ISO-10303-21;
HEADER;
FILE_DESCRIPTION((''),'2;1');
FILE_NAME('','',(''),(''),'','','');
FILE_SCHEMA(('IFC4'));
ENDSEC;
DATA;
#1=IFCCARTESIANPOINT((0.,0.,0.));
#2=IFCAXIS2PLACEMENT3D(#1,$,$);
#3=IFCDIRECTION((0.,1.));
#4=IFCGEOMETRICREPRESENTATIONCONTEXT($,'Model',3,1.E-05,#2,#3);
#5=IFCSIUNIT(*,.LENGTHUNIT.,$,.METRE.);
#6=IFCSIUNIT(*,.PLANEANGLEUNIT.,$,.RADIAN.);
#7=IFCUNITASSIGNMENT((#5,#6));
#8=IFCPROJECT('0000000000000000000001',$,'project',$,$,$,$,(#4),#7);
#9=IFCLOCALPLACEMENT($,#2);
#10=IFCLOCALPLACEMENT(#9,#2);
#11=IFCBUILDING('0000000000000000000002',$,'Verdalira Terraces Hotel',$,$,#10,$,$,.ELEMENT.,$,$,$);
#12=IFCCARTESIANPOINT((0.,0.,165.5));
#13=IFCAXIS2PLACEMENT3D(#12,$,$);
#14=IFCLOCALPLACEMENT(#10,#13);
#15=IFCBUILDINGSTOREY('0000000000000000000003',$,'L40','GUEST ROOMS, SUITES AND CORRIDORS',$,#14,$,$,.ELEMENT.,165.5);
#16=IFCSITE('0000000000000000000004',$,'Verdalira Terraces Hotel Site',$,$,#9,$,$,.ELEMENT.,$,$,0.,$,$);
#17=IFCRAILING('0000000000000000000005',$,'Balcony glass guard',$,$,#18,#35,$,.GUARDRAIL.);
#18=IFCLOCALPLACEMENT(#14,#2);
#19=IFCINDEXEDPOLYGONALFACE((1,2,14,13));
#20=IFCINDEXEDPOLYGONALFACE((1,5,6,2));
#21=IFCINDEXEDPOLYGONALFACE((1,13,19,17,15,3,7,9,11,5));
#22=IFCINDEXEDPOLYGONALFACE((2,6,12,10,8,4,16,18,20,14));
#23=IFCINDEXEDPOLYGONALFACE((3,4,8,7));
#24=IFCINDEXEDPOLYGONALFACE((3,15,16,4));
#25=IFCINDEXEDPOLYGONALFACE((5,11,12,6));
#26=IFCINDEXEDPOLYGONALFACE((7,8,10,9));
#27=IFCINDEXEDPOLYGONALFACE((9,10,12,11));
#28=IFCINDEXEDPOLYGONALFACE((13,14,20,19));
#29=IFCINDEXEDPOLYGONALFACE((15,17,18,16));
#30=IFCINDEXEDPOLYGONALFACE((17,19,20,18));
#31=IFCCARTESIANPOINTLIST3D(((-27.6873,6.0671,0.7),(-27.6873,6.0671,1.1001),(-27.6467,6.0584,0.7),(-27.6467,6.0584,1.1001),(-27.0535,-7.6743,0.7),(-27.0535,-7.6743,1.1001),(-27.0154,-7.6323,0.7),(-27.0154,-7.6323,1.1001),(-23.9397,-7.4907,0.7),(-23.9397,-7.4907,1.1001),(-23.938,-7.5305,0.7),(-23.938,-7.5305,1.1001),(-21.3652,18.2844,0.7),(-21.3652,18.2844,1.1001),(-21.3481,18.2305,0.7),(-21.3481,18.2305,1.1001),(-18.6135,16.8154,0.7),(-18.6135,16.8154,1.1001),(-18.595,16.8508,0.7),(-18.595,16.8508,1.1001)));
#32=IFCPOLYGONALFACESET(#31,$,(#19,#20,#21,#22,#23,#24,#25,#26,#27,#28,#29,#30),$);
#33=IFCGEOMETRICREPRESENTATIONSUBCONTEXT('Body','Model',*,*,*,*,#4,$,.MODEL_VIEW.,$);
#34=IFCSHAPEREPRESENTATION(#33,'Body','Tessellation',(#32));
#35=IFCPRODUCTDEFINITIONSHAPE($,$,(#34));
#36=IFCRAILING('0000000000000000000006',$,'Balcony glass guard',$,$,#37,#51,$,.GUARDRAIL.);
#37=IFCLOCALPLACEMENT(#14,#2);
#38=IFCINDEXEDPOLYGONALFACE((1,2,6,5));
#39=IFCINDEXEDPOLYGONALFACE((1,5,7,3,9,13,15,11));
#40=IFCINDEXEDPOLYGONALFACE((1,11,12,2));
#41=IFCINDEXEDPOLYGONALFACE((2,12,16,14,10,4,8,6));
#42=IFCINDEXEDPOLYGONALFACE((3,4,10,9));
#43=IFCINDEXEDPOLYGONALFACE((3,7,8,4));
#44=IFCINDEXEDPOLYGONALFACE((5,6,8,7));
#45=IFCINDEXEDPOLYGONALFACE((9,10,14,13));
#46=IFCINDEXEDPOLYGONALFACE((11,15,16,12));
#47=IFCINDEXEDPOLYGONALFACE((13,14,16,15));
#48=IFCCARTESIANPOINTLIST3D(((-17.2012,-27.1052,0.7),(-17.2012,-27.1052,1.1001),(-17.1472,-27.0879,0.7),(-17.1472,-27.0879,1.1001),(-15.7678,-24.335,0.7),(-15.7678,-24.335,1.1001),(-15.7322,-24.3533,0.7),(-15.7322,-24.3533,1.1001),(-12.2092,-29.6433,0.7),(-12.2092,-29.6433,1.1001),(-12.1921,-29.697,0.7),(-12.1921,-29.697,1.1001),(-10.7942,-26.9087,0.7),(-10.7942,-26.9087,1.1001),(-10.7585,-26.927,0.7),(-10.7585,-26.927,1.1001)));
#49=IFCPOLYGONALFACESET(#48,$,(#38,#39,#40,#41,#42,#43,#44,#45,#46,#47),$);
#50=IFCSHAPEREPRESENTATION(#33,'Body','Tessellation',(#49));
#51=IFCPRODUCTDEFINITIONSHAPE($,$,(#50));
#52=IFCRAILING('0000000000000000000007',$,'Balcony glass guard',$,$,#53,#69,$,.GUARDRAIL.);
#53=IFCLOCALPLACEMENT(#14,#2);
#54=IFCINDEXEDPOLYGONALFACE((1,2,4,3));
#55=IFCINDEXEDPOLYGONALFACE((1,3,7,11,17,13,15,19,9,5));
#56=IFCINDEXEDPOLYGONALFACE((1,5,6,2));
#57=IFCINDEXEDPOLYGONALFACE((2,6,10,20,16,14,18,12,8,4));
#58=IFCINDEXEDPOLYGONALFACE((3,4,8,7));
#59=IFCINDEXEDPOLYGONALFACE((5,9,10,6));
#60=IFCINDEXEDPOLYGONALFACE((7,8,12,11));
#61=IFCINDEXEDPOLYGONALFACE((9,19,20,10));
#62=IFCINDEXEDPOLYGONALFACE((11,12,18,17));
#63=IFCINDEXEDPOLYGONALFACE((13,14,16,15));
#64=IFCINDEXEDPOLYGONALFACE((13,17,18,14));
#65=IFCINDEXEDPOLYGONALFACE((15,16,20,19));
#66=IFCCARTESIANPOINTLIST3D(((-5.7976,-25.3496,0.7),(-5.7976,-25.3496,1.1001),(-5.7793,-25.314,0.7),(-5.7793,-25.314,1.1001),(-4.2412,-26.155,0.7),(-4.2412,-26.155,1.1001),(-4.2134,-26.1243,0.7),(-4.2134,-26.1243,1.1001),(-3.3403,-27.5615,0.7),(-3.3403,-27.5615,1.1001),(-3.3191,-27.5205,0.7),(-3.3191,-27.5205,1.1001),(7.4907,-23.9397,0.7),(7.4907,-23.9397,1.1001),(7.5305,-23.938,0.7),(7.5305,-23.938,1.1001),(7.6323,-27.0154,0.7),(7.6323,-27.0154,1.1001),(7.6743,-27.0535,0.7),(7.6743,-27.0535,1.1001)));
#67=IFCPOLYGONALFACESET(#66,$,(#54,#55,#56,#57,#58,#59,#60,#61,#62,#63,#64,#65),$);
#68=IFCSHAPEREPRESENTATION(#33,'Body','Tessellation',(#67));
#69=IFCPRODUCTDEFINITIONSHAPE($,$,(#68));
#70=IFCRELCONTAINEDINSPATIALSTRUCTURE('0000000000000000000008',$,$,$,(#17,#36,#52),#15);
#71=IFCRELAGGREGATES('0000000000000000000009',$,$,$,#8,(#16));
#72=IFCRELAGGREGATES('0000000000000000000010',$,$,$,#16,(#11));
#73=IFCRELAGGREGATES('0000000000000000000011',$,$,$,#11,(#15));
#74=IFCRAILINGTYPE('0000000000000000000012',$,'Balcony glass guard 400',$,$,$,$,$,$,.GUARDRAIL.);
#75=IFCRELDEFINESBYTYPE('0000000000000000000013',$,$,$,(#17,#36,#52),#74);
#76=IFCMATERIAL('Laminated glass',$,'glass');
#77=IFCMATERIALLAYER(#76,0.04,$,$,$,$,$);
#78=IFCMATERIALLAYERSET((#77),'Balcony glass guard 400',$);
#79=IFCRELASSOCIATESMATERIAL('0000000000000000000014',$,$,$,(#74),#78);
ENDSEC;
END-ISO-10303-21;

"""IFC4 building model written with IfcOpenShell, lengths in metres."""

from ifc_helpers import new_model, si_unit, direction, frame, origin, place, context, subcontext, project, spatial, polyline, outline, extrude, material, layer, layer_set, type_object, element, save


model = new_model("IFC4")

# Units and contexts
model_context = context("Model", 3, precision=1e-05, world=origin(), true_north=direction((0.0, 1.0)))
body_context = subcontext(model_context, "Body", "Model", "MODEL_VIEW")
ifc_project = project(units=[si_unit("LENGTHUNIT", "METRE"), si_unit("PLANEANGLEUNIT", "RADIAN")], contexts=[model_context])

# Site, building, storey
site_placement = place(None, origin())
site = spatial("IfcSite", under=ifc_project, at=site_placement, Name="Verdalira Terraces Hotel Site", CompositionType="ELEMENT", RefElevation=0.0)
building_placement = place(site_placement, origin())
building = spatial("IfcBuilding", under=site, at=building_placement, Name="Verdalira Terraces Hotel", CompositionType="ELEMENT")
storey_placement = place(building_placement, frame((0.0, 0.0, 165.5)))
storey = spatial("IfcBuildingStorey", under=building, at=storey_placement, Name="L40", Description="GUEST ROOMS, SUITES AND CORRIDORS", CompositionType="ELEMENT", Elevation=165.5)

# Railings
ifc_material_1 = material(Name="Laminated glass", Category="glass")
ifc_layer_1 = layer(ifc_material_1, 0.04)
ifc_layer_set_1 = layer_set([ifc_layer_1], Name="Balcony glass guard 400")
railing_type_1 = type_object("IfcRailingType", Name="Balcony glass guard 400", PredefinedType="GUARDRAIL", material=ifc_layer_set_1)
railing_1_placement = place(storey_placement, frame((0.0, 0.0, 0.7)))
element("IfcRailing", 1, at=railing_1_placement, inside=storey, type_object=railing_type_1, Name="Balcony glass guard", PredefinedType="GUARDRAIL", context=body_context, shape_type="SweptSolid", body=[
    extrude(outline(polyline([(-21.3481, 18.2305), (-27.6467, 6.0583), (-27.0154, -7.6323), (-23.9397, -7.4907), (-23.938, -7.5305), (-27.0535, -7.6743), (-27.6873, 6.0671), (-21.3652, 18.2844), (-18.595, 16.8508), (-18.6135, 16.8154), (-21.3481, 18.2305)])), origin(), (0.0, 0.0, 1.0), 0.4001),
])
railing_2_placement = place(storey_placement, frame((0.0, 0.0, 0.7)))
element("IfcRailing", 2, at=railing_2_placement, inside=storey, type_object=railing_type_1, Name="Balcony glass guard", PredefinedType="GUARDRAIL", context=body_context, shape_type="SweptSolid", body=[
    extrude(outline(polyline([(-17.1472, -27.0879), (-12.2092, -29.6433), (-10.7942, -26.9087), (-10.7585, -26.927), (-12.1921, -29.697), (-17.2012, -27.1052), (-15.7678, -24.335), (-15.7322, -24.3533), (-17.1472, -27.0879)])), origin(), (0.0, 0.0, 1.0), 0.4001),
])
railing_3_placement = place(storey_placement, frame((0.0, 0.0, 0.7)))
element("IfcRailing", 3, at=railing_3_placement, inside=storey, type_object=railing_type_1, Name="Balcony glass guard", PredefinedType="GUARDRAIL", context=body_context, shape_type="SweptSolid", body=[
    extrude(outline(polyline([(-4.2134, -26.1243), (-3.3191, -27.5205), (7.6323, -27.0154), (7.4907, -23.9397), (7.5305, -23.938), (7.6743, -27.0535), (-3.3403, -27.5615), (-4.2412, -26.155), (-5.7976, -25.3496), (-5.7793, -25.314), (-4.2134, -26.1243)])), origin(), (0.0, 0.0, 1.0), 0.4001),
])

save(model, "model.ifc")
